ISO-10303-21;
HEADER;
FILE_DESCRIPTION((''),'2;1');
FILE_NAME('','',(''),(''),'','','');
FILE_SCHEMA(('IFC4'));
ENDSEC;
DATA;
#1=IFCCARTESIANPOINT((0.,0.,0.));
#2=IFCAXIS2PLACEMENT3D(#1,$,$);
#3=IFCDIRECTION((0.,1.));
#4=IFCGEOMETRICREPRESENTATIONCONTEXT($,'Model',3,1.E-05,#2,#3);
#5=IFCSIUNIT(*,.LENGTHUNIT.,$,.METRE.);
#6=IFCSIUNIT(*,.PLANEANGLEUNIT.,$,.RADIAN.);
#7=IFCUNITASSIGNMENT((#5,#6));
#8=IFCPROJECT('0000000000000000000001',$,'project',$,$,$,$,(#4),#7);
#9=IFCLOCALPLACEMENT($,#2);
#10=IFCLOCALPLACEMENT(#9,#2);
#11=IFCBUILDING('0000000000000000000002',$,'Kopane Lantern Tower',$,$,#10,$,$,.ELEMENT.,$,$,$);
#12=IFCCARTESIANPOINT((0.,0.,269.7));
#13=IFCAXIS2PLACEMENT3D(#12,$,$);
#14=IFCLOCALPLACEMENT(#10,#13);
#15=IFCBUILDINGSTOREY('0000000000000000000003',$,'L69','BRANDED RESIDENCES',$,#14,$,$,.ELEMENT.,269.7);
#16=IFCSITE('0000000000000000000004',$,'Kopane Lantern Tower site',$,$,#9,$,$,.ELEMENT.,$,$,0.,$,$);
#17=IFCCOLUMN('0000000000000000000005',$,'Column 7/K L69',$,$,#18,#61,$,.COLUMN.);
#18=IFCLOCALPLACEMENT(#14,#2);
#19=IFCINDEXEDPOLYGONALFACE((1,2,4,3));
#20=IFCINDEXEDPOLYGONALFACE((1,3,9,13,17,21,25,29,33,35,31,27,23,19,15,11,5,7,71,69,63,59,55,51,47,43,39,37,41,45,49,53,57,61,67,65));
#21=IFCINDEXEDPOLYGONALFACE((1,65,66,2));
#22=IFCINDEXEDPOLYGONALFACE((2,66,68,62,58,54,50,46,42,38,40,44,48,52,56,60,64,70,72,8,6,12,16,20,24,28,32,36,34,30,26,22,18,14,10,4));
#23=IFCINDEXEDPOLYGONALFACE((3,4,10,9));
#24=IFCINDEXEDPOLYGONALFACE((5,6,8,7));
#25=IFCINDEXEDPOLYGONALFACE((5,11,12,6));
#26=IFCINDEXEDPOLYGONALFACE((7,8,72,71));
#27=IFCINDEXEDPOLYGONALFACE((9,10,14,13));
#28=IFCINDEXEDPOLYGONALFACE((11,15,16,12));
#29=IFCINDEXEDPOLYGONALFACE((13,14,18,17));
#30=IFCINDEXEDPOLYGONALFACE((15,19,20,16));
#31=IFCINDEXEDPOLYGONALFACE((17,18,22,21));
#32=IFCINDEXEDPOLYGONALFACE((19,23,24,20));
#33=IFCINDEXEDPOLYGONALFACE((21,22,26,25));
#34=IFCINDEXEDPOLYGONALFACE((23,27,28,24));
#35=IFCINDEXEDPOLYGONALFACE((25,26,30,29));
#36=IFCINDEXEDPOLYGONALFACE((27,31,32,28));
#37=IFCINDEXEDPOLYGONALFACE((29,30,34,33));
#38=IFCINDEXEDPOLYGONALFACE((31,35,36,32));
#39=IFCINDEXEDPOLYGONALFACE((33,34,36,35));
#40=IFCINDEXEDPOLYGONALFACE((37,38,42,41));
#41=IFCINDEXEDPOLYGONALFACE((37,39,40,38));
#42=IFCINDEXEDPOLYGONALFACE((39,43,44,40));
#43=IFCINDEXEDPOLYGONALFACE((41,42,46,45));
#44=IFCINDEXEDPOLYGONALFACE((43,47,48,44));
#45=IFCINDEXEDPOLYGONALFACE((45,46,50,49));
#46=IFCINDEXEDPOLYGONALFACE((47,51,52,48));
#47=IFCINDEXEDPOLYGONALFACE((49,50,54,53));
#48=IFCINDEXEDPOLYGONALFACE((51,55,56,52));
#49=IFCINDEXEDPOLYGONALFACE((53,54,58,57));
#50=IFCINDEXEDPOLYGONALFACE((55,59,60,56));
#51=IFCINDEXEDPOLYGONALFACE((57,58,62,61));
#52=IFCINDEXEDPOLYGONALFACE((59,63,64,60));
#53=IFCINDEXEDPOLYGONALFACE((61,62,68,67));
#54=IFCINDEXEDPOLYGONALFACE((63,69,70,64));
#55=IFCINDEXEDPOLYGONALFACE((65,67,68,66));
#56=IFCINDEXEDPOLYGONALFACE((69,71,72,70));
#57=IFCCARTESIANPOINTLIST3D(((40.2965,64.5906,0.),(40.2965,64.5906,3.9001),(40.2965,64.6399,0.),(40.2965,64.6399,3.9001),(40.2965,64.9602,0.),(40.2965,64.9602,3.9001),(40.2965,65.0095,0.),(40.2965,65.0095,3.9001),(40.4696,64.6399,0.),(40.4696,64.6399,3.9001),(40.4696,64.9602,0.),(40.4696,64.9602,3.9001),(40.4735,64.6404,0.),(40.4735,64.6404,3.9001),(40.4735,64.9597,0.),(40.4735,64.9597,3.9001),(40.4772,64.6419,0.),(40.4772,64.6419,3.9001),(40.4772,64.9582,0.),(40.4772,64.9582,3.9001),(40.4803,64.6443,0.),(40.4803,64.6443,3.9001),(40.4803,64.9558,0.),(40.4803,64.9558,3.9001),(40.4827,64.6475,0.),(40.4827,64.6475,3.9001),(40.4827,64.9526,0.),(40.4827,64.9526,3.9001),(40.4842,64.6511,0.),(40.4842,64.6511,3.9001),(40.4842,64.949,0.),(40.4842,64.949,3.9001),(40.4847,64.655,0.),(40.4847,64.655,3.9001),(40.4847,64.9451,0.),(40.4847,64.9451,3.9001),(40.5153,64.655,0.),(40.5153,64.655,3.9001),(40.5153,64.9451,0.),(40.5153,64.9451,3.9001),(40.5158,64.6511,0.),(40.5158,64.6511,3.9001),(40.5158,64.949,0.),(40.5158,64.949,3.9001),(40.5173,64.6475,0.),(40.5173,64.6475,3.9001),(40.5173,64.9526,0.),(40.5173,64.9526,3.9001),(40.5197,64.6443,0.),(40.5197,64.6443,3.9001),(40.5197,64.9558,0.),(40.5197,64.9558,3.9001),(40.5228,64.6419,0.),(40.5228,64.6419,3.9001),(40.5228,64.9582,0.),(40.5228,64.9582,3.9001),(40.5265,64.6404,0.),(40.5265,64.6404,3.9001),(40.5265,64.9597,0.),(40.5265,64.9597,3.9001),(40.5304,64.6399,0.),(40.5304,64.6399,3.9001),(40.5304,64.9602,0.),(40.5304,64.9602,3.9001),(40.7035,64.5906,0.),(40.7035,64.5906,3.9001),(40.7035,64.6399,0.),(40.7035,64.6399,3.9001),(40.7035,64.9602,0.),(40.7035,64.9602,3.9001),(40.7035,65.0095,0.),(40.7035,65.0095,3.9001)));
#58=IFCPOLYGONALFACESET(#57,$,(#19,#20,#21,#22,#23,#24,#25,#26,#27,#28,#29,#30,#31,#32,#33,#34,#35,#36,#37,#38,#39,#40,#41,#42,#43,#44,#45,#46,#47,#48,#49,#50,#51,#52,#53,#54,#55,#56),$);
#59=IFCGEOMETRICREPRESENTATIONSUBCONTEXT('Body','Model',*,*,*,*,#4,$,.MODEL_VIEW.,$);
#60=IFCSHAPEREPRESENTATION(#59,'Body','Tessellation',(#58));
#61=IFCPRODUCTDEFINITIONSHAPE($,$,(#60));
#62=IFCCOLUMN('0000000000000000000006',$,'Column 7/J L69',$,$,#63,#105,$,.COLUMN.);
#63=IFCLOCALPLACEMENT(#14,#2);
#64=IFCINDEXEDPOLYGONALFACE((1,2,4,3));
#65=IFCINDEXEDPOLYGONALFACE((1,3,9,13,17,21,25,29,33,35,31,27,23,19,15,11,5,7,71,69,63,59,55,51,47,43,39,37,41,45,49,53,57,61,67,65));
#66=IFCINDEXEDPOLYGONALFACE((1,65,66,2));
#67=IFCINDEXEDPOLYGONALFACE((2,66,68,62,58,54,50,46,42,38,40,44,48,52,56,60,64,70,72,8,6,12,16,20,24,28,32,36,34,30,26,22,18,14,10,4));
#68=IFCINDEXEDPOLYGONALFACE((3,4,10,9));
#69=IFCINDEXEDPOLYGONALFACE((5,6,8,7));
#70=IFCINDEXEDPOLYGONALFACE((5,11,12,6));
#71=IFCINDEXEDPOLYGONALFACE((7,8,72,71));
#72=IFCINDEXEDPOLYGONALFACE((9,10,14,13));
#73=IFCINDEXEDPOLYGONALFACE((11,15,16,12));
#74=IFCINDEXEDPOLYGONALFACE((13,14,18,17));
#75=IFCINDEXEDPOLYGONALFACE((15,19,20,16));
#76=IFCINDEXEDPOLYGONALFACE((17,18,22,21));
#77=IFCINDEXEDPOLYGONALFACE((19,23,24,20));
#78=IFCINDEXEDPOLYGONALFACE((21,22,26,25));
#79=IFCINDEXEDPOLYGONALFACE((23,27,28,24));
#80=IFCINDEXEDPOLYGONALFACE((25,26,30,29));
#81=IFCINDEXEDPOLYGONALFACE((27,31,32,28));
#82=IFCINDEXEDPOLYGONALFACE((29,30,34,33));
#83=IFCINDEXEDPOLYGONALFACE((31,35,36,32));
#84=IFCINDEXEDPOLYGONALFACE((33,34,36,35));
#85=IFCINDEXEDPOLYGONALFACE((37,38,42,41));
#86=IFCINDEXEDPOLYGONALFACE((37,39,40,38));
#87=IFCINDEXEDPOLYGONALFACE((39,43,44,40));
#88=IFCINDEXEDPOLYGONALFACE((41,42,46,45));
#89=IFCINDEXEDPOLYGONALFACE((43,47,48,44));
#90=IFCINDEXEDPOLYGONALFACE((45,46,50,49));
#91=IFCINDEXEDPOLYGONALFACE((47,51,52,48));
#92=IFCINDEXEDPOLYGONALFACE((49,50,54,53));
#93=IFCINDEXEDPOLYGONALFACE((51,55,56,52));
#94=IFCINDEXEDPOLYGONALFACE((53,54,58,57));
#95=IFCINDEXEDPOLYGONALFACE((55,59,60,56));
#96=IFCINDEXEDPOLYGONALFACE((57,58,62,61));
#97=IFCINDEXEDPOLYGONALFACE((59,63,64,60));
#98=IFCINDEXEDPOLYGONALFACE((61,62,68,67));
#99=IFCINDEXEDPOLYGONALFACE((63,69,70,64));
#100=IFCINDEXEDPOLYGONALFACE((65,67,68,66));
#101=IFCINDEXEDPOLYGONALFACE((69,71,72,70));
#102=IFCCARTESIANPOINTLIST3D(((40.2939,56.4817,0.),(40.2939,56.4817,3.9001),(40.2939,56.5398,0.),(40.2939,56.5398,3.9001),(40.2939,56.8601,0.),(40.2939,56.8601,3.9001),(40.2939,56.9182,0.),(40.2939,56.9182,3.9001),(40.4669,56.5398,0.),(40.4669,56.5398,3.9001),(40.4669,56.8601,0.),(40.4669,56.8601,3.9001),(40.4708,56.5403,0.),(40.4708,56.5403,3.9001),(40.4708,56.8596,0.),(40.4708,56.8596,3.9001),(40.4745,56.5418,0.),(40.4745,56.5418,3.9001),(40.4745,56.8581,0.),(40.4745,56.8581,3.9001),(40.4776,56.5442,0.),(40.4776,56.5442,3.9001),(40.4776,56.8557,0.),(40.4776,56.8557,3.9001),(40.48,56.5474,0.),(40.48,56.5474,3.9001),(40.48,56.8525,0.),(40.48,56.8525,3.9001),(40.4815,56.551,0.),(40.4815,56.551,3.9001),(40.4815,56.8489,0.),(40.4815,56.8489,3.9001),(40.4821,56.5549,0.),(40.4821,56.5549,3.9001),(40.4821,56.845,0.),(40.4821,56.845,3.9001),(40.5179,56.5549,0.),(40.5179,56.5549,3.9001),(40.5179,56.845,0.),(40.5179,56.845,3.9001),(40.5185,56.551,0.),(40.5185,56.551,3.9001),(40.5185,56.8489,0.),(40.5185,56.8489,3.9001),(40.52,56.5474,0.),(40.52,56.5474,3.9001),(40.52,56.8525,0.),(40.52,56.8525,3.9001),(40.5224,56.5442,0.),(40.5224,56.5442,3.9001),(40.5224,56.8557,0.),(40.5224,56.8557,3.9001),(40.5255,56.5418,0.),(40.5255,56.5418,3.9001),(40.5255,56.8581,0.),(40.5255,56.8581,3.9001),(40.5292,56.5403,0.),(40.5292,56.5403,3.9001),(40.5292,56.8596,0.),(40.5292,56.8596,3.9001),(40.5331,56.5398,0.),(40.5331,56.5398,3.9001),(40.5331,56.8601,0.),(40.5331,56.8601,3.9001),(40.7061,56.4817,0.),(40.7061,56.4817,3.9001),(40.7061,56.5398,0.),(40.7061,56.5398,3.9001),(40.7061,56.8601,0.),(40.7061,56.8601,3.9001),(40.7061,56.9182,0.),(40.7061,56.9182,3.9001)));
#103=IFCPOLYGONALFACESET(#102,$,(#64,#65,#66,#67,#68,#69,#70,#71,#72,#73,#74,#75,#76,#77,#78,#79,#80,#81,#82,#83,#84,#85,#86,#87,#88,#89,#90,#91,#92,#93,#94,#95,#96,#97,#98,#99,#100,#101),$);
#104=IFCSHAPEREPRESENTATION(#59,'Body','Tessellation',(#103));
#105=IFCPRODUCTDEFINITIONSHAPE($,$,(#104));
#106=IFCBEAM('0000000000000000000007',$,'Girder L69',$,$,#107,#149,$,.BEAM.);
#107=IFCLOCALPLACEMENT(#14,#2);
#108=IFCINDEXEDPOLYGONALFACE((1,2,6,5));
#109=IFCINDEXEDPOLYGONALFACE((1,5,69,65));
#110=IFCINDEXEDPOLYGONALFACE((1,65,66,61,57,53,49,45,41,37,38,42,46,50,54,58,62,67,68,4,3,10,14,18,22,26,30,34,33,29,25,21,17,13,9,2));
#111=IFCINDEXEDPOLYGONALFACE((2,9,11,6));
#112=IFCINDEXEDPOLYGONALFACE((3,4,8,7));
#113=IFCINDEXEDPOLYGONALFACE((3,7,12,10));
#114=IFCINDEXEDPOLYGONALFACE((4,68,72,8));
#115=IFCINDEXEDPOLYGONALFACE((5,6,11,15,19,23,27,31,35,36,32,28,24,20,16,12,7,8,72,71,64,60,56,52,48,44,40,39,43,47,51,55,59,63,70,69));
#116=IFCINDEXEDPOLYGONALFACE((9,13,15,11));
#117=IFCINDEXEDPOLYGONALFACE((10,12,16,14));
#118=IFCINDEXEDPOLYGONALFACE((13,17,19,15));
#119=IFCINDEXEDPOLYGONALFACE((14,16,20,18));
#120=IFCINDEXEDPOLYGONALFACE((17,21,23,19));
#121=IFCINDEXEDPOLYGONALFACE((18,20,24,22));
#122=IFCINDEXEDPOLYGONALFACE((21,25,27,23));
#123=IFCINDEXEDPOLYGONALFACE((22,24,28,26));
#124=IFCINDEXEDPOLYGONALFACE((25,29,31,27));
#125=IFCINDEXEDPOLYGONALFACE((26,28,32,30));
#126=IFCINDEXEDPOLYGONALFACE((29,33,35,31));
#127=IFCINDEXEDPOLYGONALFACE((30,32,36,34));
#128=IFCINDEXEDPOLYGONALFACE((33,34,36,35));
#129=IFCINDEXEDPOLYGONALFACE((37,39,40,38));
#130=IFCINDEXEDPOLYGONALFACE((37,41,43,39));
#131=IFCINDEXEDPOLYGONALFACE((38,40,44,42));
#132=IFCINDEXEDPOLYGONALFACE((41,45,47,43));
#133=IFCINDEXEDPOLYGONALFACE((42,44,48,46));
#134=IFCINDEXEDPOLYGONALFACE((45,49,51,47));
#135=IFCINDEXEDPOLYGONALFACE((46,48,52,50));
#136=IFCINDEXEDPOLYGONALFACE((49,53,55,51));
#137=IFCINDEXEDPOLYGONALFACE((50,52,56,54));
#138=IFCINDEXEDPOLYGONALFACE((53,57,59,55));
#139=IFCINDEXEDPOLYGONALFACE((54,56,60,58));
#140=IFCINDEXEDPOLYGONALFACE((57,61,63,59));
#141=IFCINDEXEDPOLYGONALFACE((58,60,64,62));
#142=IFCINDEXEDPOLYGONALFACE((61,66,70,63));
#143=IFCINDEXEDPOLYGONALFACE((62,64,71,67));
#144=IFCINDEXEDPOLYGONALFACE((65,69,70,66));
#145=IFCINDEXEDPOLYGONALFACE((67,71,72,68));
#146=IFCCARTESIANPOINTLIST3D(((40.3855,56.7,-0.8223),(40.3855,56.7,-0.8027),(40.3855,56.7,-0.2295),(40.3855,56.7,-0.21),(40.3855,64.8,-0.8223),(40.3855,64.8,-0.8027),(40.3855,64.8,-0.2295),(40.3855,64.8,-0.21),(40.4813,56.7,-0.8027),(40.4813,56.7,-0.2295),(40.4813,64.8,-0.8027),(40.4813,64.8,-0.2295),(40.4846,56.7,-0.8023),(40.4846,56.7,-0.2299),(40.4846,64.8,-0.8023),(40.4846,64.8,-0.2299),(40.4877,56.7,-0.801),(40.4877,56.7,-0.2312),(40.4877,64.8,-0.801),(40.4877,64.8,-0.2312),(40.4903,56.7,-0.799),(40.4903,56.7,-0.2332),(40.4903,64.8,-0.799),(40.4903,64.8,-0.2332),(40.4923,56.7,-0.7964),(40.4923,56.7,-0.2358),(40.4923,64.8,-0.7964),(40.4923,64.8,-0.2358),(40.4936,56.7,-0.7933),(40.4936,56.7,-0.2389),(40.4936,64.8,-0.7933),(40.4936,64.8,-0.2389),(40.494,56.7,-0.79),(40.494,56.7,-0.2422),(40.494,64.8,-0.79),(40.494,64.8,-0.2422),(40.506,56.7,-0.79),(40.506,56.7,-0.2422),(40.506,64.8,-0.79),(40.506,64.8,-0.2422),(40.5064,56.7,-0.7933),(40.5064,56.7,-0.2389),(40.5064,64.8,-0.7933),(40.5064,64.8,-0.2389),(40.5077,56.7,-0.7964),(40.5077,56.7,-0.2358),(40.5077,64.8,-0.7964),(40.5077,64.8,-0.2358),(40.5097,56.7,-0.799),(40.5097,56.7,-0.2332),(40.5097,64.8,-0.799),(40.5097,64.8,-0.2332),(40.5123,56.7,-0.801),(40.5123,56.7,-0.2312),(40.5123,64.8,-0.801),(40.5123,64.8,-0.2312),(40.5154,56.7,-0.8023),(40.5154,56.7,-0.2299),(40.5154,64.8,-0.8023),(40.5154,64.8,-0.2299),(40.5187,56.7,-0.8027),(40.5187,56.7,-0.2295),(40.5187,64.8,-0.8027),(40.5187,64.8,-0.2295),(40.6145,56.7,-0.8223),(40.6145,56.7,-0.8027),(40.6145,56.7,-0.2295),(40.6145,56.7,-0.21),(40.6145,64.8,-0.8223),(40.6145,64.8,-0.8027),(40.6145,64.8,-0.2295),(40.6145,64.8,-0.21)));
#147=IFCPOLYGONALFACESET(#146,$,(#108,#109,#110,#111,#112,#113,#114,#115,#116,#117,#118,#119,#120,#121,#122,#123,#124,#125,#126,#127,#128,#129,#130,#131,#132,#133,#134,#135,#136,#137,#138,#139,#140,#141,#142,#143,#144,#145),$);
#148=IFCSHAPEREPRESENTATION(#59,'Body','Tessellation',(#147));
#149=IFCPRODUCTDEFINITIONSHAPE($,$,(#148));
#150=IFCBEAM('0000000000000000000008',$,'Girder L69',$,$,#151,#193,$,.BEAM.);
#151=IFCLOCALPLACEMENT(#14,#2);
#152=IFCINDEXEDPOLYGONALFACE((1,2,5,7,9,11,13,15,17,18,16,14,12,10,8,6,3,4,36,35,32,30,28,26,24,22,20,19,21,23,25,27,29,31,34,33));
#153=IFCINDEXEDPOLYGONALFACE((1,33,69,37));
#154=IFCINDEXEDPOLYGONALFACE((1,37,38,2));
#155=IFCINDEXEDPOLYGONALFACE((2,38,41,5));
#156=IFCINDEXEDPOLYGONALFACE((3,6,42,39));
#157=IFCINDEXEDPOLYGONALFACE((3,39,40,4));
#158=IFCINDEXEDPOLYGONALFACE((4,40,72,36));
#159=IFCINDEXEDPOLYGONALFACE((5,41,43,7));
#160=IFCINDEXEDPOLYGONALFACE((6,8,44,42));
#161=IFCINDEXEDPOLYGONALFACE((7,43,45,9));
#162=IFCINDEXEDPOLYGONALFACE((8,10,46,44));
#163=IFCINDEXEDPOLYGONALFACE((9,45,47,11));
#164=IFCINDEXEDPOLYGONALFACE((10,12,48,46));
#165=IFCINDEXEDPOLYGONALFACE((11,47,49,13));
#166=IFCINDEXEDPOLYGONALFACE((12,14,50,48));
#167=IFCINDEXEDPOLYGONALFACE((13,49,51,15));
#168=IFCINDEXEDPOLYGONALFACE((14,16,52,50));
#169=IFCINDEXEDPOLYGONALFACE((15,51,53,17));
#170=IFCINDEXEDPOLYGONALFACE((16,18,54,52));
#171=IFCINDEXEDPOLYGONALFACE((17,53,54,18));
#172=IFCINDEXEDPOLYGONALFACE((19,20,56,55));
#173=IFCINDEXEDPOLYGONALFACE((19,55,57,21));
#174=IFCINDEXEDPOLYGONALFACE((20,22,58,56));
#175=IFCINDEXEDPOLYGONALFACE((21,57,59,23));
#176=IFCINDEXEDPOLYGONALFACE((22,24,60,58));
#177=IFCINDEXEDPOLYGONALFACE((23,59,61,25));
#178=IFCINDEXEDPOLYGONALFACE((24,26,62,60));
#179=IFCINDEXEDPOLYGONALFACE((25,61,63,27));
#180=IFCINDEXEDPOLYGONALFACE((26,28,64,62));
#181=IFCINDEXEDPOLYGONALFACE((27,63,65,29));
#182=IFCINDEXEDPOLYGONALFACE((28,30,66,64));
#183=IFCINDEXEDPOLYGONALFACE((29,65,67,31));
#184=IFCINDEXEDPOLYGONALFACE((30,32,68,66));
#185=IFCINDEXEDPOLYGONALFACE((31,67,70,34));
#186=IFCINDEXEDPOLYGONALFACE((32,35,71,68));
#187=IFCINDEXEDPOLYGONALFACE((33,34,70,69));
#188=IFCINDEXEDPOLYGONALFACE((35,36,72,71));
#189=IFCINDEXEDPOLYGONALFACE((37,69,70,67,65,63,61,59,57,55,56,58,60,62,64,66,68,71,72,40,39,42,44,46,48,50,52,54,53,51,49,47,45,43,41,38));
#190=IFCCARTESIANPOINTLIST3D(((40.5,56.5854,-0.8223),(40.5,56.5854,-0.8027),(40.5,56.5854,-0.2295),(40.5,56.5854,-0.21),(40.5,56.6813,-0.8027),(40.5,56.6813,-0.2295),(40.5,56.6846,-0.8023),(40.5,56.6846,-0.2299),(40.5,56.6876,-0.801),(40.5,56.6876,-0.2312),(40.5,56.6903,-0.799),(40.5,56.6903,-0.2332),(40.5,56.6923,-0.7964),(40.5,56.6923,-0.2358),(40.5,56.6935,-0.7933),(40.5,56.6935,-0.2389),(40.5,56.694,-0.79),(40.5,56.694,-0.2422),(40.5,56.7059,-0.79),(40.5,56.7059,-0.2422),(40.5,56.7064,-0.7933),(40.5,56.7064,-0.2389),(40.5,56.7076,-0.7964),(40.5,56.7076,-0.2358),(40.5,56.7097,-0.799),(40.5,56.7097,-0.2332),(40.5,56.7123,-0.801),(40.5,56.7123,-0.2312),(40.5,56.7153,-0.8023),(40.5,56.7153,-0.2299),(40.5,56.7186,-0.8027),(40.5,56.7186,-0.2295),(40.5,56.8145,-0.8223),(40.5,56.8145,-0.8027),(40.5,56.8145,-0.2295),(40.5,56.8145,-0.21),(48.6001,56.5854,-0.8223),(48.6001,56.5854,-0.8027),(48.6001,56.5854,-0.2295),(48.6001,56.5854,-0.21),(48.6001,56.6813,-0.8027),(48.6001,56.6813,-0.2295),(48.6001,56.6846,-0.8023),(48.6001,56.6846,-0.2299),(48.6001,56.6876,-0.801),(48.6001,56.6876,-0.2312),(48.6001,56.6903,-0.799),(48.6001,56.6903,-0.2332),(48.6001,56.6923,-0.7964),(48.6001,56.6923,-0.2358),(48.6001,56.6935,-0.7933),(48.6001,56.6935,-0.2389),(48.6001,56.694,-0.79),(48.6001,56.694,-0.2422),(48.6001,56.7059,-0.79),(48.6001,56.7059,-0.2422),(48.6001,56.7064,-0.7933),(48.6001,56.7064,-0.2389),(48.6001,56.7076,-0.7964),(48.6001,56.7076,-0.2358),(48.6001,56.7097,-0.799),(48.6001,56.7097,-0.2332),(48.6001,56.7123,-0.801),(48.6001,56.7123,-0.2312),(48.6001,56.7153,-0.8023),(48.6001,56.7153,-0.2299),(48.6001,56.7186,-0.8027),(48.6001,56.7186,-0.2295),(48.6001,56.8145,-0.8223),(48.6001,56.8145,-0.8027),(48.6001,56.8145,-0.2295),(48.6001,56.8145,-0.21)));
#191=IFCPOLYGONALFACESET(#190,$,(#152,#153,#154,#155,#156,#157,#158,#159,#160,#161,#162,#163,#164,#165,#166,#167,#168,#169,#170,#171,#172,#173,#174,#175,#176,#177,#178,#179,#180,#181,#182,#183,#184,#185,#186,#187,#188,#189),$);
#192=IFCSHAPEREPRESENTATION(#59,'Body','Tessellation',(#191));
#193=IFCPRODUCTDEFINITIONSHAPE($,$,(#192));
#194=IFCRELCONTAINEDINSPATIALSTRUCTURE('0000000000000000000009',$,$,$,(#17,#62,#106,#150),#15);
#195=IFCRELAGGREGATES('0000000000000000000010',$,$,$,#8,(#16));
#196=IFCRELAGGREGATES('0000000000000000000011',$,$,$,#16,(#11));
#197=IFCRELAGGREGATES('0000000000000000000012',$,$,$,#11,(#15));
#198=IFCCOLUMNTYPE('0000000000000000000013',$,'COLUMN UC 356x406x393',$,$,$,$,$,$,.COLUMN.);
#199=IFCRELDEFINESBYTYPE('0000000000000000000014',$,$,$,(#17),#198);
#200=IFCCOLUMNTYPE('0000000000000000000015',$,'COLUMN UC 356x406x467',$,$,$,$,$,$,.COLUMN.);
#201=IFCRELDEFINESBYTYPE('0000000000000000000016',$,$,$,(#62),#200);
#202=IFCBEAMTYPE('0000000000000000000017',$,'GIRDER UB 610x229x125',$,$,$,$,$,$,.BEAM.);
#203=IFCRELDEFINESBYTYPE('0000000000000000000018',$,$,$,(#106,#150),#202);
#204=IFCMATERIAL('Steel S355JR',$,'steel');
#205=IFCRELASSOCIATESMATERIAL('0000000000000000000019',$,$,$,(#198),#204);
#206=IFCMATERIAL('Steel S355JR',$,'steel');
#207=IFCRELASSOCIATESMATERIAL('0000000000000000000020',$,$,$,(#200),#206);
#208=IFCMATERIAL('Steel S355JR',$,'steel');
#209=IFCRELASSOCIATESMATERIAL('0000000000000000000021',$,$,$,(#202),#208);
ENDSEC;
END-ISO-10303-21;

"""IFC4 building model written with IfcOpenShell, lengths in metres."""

from ifc_helpers import new_model, si_unit, direction, frame, origin, origin_2d, place, context, subcontext, project, spatial, i_section, extrude, material, material_profile, profile_set, type_object, element, save


model = new_model("IFC4")

# Units and contexts
model_context = context("Model", 3, precision=1e-05, world=origin(), true_north=direction((0.0, 1.0)))
body_context = subcontext(model_context, "Body", "Model", "MODEL_VIEW")
ifc_project = project(units=[si_unit("LENGTHUNIT", "METRE"), si_unit("PLANEANGLEUNIT", "RADIAN")], contexts=[model_context])

# Site, building, storey
site_placement = place(None, origin())
site = spatial("IfcSite", under=ifc_project, at=site_placement, Name="Kopane Lantern Tower site", CompositionType="ELEMENT", RefElevation=0.0)
building_placement = place(site_placement, origin())
building = spatial("IfcBuilding", under=site, at=building_placement, Name="Kopane Lantern Tower", CompositionType="ELEMENT")
storey_placement = place(building_placement, frame((0.0, 0.0, 269.7)))
storey = spatial("IfcBuildingStorey", under=building, at=storey_placement, Name="L69", Description="BRANDED RESIDENCES", CompositionType="ELEMENT", Elevation=269.7)

# Columns
ifc_material_1 = material(Name="Steel S355JR", Category="steel")
ifc_material_profile_1 = material_profile(ifc_material_1, i_section(OverallWidth=0.407, OverallDepth=0.4189, WebThickness=0.0305, FlangeThickness=0.0493, FilletRadius=0.0151, at=origin_2d()), Name="UC 356x406x393")
ifc_profile_set_1 = profile_set([ifc_material_profile_1], Name="Steel S355JR")
column_type_1 = type_object("IfcColumnType", Name="COLUMN UC 356x406x393", PredefinedType="COLUMN", material=ifc_profile_set_1)
column_1_placement = place(storey_placement, frame((40.5, 64.8, 0.0), z_axis=(0.0, 0.0, 1.0), x_axis=(1.0, 0.0, 0.0)))
element("IfcColumn", 1, at=column_1_placement, inside=storey, type_object=column_type_1, Name="Column 7/K L69", PredefinedType="COLUMN", context=body_context, shape_type="SweptSolid", body=[
    extrude(i_section(OverallWidth=0.407, OverallDepth=0.4189, WebThickness=0.0305, FlangeThickness=0.0493, FilletRadius=0.0151, at=origin_2d()), origin(), (0.0, 0.0, 1.0), 3.9001),
])
ifc_material_2 = material(Name="Steel S355JR", Category="steel")
ifc_material_profile_2 = material_profile(ifc_material_2, i_section(OverallWidth=0.4121, OverallDepth=0.4365, WebThickness=0.0359, FlangeThickness=0.0581, FilletRadius=0.0151, at=origin_2d()), Name="UC 356x406x467")
ifc_profile_set_2 = profile_set([ifc_material_profile_2], Name="Steel S355JR")
column_type_2 = type_object("IfcColumnType", Name="COLUMN UC 356x406x467", PredefinedType="COLUMN", material=ifc_profile_set_2)
column_2_placement = place(storey_placement, frame((40.5, 56.7, 0.0), z_axis=(0.0, 0.0, 1.0), x_axis=(1.0, 0.0, 0.0)))
element("IfcColumn", 2, at=column_2_placement, inside=storey, type_object=column_type_2, Name="Column 7/J L69", PredefinedType="COLUMN", context=body_context, shape_type="SweptSolid", body=[
    extrude(i_section(OverallWidth=0.4121, OverallDepth=0.4365, WebThickness=0.0359, FlangeThickness=0.0581, FilletRadius=0.0151, at=origin_2d()), origin(), (0.0, 0.0, 1.0), 3.9001),
])

# Beams
ifc_material_3 = material(Name="Steel S355JR", Category="steel")
ifc_material_profile_3 = material_profile(ifc_material_3, i_section(OverallWidth=0.229, OverallDepth=0.6123, WebThickness=0.012, FlangeThickness=0.0195, FilletRadius=0.0127, at=origin_2d()), Name="UB 610x229x125")
ifc_profile_set_3 = profile_set([ifc_material_profile_3], Name="Steel S355JR")
beam_type = type_object("IfcBeamType", Name="GIRDER UB 610x229x125", PredefinedType="BEAM", material=ifc_profile_set_3)
for number, where, z_axis, x_axis, name in (
    (3, (40.5, 56.7, -0.5161), (0.0, 1.0, 0.0), (-1.0, 0.0, 0.0), "Girder L69"),
    (4, (40.5, 56.7, -0.5161), (1.0, 0.0, 0.0), (0.0, 1.0, 0.0), "Girder L69"),
):
    element("IfcBeam", number, at=place(storey_placement, frame(where, z_axis=z_axis, x_axis=x_axis)), inside=storey, type_object=beam_type, Name=name, PredefinedType="BEAM", context=body_context, shape_type="SweptSolid", body=[
        extrude(i_section(OverallWidth=0.229, OverallDepth=0.6123, WebThickness=0.012, FlangeThickness=0.0195, FilletRadius=0.0127, at=origin_2d()), origin(), (0.0, 0.0, 1.0), 8.1001),
    ])

save(model, "model.ifc")
